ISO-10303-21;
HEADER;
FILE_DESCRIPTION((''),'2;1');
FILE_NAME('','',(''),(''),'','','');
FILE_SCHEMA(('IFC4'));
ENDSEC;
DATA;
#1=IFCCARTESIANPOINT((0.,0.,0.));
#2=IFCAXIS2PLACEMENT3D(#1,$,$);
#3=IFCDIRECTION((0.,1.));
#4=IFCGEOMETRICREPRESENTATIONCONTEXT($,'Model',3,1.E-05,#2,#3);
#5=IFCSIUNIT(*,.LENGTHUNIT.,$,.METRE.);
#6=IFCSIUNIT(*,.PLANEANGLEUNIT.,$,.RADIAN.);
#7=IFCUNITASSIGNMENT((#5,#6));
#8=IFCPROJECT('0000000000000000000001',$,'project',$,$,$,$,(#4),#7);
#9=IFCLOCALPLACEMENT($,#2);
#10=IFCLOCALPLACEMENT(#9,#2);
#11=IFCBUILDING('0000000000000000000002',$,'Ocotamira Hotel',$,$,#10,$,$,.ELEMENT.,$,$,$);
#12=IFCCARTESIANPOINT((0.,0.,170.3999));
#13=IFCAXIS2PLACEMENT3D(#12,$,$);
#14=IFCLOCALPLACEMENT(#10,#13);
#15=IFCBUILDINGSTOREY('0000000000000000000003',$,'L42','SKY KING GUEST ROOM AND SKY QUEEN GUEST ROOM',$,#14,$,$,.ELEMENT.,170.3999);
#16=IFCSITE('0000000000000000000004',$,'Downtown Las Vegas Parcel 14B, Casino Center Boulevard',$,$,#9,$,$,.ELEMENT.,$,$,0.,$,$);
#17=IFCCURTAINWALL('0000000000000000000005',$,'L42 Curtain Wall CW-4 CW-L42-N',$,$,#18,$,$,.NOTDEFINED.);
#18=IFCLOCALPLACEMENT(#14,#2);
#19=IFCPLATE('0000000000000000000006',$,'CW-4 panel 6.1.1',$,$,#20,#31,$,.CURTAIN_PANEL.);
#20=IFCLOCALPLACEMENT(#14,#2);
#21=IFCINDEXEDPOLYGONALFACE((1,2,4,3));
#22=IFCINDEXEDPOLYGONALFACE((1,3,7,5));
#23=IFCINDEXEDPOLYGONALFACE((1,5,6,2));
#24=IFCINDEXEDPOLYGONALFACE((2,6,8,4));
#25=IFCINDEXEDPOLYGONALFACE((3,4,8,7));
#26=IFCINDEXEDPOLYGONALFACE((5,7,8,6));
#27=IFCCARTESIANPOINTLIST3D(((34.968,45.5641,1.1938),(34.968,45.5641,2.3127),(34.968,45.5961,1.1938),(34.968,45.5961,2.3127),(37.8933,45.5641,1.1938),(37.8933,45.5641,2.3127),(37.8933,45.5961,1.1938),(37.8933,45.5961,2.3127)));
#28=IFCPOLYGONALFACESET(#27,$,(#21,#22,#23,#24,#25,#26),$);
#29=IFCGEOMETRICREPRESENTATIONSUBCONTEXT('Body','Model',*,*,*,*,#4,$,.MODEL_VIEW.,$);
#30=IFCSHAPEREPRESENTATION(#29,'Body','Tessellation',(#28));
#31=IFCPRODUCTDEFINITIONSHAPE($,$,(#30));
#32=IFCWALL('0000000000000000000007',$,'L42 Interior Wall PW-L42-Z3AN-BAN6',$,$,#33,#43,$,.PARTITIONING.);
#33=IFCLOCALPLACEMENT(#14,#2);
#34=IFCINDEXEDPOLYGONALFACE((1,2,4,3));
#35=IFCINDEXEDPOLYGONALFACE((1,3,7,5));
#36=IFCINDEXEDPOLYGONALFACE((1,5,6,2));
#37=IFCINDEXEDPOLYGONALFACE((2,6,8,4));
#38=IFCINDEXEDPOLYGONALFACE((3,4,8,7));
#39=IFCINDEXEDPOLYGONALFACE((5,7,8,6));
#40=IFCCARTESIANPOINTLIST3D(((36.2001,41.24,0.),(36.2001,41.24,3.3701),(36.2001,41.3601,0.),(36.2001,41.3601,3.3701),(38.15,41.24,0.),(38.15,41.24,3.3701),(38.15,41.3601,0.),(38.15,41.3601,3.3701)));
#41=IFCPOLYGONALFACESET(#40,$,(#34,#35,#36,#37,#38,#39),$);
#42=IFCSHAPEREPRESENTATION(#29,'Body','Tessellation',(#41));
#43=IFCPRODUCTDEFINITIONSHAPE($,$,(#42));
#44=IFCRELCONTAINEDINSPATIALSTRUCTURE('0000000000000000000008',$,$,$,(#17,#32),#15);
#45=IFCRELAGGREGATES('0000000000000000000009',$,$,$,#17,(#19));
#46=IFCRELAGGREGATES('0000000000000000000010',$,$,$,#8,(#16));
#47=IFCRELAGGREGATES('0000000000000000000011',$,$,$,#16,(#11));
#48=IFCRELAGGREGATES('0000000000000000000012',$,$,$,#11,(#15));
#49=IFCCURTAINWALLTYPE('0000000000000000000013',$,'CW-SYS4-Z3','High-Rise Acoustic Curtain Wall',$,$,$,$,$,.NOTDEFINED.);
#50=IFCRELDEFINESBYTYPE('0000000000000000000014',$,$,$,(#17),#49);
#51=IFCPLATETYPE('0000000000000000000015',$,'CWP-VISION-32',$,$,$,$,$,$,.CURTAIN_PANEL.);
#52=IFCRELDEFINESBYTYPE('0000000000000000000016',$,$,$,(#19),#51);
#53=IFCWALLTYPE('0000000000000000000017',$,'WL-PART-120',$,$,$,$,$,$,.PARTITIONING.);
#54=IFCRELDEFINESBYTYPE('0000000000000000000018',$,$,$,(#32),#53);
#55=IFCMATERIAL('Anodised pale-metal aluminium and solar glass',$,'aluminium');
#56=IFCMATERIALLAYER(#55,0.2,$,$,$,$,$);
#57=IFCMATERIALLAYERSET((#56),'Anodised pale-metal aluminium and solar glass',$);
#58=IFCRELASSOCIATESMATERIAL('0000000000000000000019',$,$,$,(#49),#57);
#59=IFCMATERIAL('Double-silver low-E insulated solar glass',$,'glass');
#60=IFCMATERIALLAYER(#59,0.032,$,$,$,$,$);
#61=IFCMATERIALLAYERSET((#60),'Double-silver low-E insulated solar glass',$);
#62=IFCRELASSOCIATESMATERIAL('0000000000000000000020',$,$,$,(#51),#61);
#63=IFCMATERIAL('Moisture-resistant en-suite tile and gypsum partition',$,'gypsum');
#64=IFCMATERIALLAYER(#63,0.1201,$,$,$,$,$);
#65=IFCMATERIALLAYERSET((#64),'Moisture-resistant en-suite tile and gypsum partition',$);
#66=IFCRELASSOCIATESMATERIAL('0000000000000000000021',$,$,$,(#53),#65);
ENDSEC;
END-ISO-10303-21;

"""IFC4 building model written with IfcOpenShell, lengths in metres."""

from ifc_helpers import new_model, si_unit, direction, frame, frame_2d, origin, origin_2d, place, context, subcontext, project, spatial, rectangle, extrude, source, transform, mapped, material, layer, layer_set, type_object, element, aggregate, save


model = new_model("IFC4")

# Units and contexts
model_context = context("Model", 3, precision=1e-05, world=origin(), true_north=direction((0.0, 1.0)))
body_context = subcontext(model_context, "Body", "Model", "MODEL_VIEW")
ifc_project = project(units=[si_unit("LENGTHUNIT", "METRE"), si_unit("PLANEANGLEUNIT", "RADIAN")], contexts=[model_context])

# Site, building, storey
site_placement = place(None, origin())
site = spatial("IfcSite", under=ifc_project, at=site_placement, Name="Downtown Las Vegas Parcel 14B, Casino Center Boulevard", CompositionType="ELEMENT", RefElevation=0.0)
building_placement = place(site_placement, origin())
building = spatial("IfcBuilding", under=site, at=building_placement, Name="Ocotamira Hotel", CompositionType="ELEMENT")
storey_placement = place(building_placement, frame((0.0, 0.0, 170.3999)))
storey = spatial("IfcBuildingStorey", under=building, at=storey_placement, Name="L42", Description="SKY KING GUEST ROOM AND SKY QUEEN GUEST ROOM", CompositionType="ELEMENT", Elevation=170.3999)

# Curtain wall
ifc_material_1 = material(Name="Anodised pale-metal aluminium and solar glass", Category="aluminium")
ifc_layer_1 = layer(ifc_material_1, 0.2)
ifc_layer_set_1 = layer_set([ifc_layer_1], Name="Anodised pale-metal aluminium and solar glass")
curtain_wall_type = type_object("IfcCurtainWallType", Name="CW-SYS4-Z3", Description="High-Rise Acoustic Curtain Wall", PredefinedType="NOTDEFINED", material=ifc_layer_set_1)
curtain_wall_placement = place(storey_placement, origin())
curtain_wall = element("IfcCurtainWall", 1, at=curtain_wall_placement, inside=storey, type_object=curtain_wall_type, Name="L42 Curtain Wall CW-4 CW-L42-N", PredefinedType="NOTDEFINED")

# Plate
ifc_material_2 = material(Name="Double-silver low-E insulated solar glass", Category="glass")
ifc_layer_2 = layer(ifc_material_2, 0.032)
ifc_layer_set_2 = layer_set([ifc_layer_2], Name="Double-silver low-E insulated solar glass")
plate_type_1 = type_object("IfcPlateType", Name="CWP-VISION-32", PredefinedType="CURTAIN_PANEL", material=ifc_layer_set_2)
shared_shape_1 = source(origin(), body_context, "Body", "SweptSolid", [
    extrude(rectangle(XDim=2.9253, YDim=0.032, at=origin_2d()), origin(), (0.0, 0.0, 1.0), 1.1189),
])
plate_1_placement = place(storey_placement, frame((36.4307, 45.5801, 1.1938), z_axis=(0.0, 0.0, 1.0), x_axis=(1.0, 0.0, 0.0)))
plate_1 = element("IfcPlate", 2, at=plate_1_placement, type_object=plate_type_1, Name="CW-4 panel 6.1.1", PredefinedType="CURTAIN_PANEL", context=body_context, shape_type="MappedRepresentation", body=[
    mapped(shared_shape_1, transform((0.0, 0.0, 0.0), scale=1.0)),
])
aggregate(curtain_wall, [plate_1])

# Wall
ifc_material_3 = material(Name="Moisture-resistant en-suite tile and gypsum partition", Category="gypsum")
ifc_layer_3 = layer(ifc_material_3, 0.1201)
ifc_layer_set_3 = layer_set([ifc_layer_3], Name="Moisture-resistant en-suite tile and gypsum partition")
wall_type = type_object("IfcWallType", Name="WL-PART-120", PredefinedType="PARTITIONING", material=ifc_layer_set_3)
wall_placement = place(storey_placement, frame((36.2, 41.3, 0.0), z_axis=(0.0, 0.0, 1.0), x_axis=(1.0, 0.0, 0.0)))
element("IfcWall", 3, at=wall_placement, inside=storey, type_object=wall_type, Name="L42 Interior Wall PW-L42-Z3AN-BAN6", PredefinedType="PARTITIONING", context=body_context, shape_type="SweptSolid", body=[
    extrude(rectangle(XDim=1.95, YDim=0.1201, at=frame_2d((0.9751, 0.0))), origin(), (0.0, 0.0, 1.0), 3.3701),
])

save(model, "model.ifc")
